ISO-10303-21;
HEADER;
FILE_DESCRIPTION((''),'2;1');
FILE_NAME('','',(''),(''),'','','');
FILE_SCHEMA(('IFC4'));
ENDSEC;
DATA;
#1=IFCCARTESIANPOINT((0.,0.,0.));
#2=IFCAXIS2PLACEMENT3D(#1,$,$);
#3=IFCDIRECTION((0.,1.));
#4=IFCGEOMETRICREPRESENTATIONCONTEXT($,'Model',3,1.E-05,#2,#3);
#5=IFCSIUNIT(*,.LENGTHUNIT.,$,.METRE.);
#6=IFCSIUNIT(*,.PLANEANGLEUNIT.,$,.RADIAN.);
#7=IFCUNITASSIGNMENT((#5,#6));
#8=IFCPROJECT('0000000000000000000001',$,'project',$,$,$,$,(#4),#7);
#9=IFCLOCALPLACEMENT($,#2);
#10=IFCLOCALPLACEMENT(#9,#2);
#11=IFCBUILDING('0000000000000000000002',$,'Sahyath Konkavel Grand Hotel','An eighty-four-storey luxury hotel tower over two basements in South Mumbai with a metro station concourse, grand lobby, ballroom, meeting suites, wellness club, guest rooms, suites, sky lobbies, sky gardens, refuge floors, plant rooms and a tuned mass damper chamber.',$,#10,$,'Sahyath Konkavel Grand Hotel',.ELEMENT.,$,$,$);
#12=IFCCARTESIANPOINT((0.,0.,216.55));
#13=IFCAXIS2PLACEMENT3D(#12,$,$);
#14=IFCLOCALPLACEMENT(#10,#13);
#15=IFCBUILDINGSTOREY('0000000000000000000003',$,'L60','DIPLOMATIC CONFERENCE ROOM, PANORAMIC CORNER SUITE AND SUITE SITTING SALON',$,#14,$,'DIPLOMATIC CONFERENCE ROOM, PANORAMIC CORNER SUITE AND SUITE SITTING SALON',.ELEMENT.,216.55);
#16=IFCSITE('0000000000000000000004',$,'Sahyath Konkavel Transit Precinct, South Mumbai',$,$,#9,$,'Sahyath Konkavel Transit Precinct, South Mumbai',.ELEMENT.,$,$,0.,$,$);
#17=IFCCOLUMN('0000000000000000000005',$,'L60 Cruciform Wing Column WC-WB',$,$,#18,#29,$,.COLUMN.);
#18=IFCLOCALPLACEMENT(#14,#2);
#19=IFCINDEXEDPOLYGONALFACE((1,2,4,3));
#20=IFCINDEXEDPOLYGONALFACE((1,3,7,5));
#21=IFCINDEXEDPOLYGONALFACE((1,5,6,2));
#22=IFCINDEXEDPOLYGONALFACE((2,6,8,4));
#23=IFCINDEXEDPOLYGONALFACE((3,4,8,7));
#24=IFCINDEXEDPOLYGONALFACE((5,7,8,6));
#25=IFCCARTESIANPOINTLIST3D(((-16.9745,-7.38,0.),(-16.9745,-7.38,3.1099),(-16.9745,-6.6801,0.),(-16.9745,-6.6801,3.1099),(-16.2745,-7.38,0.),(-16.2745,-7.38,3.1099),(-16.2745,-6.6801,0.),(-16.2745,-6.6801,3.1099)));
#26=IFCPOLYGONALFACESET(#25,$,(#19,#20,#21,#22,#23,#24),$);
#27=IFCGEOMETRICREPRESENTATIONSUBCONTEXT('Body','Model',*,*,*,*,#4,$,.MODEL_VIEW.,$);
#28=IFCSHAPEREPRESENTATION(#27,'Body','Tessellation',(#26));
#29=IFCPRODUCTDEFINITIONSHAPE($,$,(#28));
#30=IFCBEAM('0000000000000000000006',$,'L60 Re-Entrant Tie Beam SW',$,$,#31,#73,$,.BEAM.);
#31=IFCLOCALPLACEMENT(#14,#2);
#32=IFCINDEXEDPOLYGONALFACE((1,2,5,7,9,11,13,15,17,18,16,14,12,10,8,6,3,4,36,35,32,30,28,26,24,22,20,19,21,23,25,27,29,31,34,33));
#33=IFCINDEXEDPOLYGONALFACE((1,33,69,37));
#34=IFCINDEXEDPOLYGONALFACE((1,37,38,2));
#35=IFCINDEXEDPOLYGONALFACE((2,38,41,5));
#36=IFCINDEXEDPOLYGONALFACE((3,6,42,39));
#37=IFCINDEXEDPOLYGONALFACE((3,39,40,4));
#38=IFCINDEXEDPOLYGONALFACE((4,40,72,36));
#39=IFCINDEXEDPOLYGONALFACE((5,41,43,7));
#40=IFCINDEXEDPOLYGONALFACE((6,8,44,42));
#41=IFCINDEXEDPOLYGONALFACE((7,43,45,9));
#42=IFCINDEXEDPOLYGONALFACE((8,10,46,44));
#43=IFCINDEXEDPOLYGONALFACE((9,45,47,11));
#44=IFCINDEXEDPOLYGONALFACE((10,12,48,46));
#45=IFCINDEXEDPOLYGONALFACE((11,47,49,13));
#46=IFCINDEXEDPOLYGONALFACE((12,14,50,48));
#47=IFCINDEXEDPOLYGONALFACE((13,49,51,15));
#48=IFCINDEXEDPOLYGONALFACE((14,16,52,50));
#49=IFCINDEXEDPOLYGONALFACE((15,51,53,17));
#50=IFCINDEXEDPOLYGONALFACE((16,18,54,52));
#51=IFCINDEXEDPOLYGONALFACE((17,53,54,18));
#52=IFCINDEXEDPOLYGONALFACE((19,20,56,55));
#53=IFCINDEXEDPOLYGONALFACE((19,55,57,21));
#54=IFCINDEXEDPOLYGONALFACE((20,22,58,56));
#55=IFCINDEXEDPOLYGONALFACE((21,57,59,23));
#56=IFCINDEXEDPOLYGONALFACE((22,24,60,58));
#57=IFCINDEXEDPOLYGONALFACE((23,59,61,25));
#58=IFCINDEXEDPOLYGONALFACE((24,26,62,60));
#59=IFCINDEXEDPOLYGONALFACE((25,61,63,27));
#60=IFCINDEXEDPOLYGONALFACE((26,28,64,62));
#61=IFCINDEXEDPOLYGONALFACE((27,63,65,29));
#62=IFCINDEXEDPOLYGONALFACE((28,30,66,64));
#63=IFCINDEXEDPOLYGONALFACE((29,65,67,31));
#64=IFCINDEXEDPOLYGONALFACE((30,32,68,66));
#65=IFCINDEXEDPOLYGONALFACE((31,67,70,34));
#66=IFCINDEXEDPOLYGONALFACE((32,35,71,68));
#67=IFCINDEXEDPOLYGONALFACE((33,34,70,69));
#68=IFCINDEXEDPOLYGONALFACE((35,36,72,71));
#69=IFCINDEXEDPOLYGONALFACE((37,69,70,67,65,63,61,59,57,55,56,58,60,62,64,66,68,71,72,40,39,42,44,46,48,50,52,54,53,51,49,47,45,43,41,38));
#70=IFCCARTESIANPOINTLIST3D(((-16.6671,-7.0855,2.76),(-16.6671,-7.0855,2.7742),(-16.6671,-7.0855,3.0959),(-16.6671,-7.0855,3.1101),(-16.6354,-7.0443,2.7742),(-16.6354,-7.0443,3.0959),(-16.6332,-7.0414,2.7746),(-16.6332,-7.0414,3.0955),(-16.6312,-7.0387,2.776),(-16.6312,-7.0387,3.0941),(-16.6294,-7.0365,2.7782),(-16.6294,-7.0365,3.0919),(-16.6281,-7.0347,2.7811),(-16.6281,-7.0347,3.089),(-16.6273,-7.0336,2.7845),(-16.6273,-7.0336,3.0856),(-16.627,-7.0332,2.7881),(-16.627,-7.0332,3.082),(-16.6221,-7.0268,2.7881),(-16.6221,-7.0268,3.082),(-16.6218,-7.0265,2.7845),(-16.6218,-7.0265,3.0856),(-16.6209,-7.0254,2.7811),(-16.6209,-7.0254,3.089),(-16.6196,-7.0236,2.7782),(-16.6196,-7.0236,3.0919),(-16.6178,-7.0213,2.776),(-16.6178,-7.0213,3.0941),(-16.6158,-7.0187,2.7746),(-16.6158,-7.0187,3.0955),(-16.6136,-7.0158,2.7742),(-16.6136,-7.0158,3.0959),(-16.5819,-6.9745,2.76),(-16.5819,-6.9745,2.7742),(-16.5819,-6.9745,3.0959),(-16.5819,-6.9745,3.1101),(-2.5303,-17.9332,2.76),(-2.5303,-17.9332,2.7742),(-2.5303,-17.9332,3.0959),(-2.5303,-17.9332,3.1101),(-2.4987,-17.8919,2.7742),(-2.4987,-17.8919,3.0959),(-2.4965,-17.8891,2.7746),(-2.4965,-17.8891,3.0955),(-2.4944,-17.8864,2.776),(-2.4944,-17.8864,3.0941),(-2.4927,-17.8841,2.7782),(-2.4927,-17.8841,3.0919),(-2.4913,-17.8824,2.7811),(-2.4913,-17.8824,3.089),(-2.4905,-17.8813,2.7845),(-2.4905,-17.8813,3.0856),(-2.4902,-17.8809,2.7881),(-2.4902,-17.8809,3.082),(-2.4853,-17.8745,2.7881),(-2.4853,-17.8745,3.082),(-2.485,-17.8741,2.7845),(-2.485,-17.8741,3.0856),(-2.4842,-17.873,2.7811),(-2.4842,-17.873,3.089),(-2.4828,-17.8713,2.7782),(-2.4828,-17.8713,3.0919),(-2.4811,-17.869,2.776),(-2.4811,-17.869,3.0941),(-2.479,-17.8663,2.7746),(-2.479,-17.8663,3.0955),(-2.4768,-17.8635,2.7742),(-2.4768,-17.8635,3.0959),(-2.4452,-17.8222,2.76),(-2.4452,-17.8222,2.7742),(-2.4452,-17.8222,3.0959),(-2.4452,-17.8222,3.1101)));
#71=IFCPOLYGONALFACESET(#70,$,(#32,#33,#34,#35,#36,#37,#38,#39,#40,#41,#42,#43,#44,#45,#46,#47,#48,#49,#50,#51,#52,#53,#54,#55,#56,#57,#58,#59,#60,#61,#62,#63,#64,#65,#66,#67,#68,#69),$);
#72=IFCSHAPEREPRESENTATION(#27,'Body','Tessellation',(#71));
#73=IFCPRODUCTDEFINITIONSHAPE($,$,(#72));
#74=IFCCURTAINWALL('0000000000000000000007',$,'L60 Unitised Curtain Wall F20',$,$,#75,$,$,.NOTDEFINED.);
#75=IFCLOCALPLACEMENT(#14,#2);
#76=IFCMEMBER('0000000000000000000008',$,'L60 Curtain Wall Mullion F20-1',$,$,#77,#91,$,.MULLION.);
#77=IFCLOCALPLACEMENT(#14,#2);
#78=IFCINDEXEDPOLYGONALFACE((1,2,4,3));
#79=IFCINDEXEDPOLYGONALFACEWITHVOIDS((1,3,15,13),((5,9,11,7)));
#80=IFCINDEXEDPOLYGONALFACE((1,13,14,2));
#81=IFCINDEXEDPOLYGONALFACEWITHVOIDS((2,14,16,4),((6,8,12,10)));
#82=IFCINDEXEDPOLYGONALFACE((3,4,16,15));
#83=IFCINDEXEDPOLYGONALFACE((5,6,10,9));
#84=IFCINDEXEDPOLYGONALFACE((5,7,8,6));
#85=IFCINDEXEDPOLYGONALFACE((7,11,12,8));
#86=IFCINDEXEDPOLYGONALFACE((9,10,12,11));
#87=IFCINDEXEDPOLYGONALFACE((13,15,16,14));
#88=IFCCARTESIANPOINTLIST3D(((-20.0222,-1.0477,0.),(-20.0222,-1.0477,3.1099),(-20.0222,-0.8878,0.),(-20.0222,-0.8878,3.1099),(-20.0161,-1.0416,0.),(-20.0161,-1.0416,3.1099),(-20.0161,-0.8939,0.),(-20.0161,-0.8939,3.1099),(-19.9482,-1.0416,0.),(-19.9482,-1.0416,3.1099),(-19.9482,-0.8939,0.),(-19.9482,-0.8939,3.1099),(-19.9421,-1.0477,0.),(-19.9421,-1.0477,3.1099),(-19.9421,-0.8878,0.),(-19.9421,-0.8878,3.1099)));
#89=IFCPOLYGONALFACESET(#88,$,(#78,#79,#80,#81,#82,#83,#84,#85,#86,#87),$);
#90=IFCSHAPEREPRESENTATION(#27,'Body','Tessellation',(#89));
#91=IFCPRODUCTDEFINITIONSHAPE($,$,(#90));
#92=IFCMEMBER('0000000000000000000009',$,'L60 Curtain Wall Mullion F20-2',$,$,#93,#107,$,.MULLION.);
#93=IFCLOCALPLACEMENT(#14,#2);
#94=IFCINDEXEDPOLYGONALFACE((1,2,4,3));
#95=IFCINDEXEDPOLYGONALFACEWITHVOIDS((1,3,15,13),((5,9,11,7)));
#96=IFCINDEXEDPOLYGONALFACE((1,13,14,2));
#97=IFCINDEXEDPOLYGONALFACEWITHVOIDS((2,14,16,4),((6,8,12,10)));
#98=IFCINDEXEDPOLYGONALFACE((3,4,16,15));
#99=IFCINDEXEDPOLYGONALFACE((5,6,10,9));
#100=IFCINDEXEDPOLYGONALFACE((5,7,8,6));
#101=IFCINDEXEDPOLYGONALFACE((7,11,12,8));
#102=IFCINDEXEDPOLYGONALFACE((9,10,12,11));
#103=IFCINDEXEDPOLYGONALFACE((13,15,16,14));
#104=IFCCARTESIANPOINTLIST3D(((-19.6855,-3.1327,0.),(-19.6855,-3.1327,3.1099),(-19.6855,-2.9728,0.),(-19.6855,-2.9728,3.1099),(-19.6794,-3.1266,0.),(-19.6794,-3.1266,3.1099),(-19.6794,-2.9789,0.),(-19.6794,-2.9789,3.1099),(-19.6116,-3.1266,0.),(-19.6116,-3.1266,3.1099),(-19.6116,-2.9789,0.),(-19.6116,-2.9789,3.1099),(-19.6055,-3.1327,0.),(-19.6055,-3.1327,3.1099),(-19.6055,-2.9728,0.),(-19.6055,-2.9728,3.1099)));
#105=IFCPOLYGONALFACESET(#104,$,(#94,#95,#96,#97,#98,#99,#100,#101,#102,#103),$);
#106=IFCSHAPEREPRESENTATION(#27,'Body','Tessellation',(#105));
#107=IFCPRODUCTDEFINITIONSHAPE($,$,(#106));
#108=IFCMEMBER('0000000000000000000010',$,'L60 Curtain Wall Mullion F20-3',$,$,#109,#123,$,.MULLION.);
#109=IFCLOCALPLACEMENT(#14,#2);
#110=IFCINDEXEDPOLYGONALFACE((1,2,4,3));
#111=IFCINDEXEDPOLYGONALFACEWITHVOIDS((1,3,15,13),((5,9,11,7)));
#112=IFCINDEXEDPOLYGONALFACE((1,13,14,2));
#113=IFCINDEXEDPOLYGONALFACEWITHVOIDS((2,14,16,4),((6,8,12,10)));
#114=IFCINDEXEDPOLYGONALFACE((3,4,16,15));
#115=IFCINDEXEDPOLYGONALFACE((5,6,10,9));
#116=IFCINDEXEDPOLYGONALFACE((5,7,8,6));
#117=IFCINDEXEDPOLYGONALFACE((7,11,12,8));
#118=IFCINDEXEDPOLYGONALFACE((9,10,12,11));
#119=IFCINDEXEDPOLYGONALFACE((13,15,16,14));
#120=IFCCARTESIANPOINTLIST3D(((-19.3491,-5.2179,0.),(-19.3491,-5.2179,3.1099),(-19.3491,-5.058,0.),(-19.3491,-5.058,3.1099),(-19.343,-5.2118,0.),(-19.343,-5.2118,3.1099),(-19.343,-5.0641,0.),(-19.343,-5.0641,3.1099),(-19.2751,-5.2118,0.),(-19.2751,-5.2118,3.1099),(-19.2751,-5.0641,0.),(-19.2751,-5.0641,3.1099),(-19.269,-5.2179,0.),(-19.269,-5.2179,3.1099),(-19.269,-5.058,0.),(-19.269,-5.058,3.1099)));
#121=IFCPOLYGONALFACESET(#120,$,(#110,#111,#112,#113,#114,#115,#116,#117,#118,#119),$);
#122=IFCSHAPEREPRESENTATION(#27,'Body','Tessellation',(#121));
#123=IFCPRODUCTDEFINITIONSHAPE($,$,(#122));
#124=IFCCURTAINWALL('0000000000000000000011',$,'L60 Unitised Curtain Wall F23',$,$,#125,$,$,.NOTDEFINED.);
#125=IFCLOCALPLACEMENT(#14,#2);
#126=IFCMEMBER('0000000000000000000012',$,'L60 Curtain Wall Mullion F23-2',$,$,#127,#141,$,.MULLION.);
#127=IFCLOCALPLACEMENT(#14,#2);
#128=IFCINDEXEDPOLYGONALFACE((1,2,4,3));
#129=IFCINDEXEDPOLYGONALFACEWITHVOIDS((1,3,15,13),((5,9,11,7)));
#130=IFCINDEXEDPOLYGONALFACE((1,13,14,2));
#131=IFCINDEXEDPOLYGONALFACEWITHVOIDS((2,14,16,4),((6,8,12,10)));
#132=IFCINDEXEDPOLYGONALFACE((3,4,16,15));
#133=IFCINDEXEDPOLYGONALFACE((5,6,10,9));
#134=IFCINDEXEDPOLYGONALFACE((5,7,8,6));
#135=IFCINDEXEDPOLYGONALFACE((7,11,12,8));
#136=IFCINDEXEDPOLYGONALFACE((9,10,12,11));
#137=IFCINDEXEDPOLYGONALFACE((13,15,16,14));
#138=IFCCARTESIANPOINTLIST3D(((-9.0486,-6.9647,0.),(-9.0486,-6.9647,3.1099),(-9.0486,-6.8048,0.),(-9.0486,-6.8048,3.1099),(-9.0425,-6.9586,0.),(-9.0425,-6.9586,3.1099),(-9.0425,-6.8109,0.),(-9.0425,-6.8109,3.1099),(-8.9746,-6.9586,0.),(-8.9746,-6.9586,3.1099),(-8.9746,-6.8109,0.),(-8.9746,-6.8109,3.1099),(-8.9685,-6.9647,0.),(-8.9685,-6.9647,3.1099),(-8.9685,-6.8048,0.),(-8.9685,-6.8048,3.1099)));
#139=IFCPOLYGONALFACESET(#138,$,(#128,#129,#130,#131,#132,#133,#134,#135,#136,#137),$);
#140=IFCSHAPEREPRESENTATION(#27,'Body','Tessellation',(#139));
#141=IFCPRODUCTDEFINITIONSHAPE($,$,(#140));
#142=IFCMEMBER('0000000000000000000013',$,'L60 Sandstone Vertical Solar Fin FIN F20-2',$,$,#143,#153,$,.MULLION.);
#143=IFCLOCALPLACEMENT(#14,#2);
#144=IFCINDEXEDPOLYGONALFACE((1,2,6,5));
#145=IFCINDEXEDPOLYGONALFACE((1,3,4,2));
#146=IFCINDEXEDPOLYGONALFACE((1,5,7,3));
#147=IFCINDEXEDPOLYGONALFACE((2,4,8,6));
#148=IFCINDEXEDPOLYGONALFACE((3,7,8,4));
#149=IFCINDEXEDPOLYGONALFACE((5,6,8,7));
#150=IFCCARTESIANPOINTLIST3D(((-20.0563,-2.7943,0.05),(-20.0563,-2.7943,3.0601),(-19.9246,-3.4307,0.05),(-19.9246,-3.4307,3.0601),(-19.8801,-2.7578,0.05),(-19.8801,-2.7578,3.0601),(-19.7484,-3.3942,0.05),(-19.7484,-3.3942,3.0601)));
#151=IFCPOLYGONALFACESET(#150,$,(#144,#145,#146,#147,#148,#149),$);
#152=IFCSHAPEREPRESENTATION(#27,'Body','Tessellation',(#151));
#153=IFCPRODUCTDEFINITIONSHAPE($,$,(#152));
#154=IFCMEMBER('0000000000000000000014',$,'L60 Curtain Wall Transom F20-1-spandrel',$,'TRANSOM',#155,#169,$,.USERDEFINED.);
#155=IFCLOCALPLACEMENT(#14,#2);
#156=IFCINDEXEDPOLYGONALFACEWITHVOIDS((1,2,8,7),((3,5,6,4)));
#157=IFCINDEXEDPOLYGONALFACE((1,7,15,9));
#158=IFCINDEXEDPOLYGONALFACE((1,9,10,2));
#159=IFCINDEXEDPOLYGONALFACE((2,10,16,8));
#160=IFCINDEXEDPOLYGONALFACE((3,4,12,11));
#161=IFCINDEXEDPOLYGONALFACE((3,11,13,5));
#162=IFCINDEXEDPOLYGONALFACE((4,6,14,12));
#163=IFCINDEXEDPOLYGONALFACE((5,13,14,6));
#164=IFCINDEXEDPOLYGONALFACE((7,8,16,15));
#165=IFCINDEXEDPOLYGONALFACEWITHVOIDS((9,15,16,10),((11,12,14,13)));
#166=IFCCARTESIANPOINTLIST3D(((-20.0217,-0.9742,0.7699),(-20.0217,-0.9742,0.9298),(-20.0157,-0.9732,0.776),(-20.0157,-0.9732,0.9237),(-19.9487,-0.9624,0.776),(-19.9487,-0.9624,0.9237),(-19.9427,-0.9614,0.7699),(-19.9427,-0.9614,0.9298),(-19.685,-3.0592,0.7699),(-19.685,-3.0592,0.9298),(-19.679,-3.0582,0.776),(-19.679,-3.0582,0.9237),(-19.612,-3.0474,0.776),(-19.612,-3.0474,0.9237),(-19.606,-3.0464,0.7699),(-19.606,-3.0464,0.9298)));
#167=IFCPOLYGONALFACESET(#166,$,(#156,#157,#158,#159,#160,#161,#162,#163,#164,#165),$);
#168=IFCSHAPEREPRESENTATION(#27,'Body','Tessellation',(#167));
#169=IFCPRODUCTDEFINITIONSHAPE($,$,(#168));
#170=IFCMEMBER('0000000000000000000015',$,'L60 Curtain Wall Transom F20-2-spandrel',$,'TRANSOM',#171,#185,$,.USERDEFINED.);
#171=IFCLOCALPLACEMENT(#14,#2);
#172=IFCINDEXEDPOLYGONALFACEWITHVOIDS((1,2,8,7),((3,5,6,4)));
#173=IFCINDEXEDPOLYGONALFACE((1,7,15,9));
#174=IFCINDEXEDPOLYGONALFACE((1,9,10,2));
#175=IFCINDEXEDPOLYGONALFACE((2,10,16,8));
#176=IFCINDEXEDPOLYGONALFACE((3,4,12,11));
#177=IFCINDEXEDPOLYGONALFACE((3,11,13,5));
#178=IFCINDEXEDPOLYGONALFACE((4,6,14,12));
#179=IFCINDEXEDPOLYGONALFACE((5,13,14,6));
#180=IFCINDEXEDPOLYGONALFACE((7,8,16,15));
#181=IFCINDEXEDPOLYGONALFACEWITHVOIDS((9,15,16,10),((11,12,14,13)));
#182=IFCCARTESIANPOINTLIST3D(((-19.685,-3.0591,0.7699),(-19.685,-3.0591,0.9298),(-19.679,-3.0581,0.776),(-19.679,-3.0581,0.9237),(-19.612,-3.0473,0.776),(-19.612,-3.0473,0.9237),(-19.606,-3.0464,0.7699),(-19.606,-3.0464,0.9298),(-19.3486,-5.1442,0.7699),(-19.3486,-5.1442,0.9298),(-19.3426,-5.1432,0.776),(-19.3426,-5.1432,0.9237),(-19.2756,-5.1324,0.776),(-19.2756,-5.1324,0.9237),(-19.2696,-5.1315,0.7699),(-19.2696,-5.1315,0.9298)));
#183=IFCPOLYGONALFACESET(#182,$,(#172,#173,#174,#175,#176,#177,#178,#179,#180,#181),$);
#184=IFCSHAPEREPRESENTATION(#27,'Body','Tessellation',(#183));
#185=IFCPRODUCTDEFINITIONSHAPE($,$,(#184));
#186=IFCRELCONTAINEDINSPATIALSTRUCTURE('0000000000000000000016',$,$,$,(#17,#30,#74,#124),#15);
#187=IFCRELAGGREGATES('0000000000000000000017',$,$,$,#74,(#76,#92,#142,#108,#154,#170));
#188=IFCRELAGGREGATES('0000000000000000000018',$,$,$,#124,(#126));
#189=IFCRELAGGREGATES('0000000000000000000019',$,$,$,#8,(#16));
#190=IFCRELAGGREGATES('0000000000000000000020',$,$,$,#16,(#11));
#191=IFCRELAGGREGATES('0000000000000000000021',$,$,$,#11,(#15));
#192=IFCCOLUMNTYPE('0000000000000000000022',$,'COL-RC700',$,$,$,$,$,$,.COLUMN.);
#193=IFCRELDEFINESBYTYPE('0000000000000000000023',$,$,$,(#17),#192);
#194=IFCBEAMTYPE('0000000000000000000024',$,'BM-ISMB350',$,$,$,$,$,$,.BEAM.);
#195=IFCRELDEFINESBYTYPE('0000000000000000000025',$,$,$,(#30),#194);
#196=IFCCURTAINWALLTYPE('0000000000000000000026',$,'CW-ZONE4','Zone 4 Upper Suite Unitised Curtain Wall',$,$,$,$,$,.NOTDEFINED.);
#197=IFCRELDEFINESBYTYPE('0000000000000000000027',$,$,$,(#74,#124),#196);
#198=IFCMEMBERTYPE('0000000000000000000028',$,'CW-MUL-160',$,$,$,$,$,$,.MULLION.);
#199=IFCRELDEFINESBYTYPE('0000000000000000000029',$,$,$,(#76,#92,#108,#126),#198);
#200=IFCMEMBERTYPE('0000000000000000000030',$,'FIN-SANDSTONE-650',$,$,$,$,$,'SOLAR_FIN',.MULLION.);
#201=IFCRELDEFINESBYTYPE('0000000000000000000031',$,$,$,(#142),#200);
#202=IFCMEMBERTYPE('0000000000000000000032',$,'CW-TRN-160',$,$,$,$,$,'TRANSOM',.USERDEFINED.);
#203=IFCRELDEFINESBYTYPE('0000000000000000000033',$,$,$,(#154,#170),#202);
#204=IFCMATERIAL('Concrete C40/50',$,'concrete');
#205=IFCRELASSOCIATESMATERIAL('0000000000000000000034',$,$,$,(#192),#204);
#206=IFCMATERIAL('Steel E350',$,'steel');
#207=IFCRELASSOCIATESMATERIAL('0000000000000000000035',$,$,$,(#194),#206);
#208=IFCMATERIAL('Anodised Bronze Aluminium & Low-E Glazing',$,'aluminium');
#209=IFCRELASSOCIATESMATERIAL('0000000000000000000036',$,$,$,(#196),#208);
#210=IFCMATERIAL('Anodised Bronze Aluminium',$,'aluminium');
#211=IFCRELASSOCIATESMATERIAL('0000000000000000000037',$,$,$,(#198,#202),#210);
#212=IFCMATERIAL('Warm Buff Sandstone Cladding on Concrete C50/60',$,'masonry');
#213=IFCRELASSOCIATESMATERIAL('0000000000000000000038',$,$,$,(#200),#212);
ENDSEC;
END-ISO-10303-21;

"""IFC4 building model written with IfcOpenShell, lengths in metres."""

from ifc_helpers import new_model, si_unit, direction, frame, origin, origin_2d, place, context, subcontext, project, spatial, rectangle, hollow_rectangle, i_section, extrude, source, transform, mapped, material, material_profile, profile_set, type_object, element, aggregate, save


model = new_model("IFC4")

# Units and contexts
model_context = context("Model", 3, precision=1e-05, world=origin(), true_north=direction((0.0, 1.0)))
body_context = subcontext(model_context, "Body", "Model", "MODEL_VIEW")
ifc_project = project(units=[si_unit("LENGTHUNIT", "METRE"), si_unit("PLANEANGLEUNIT", "RADIAN")], contexts=[model_context])

# Site, building, storey
site_placement = place(None, origin())
site = spatial("IfcSite", under=ifc_project, at=site_placement, Name="Sahyath Konkavel Transit Precinct, South Mumbai", LongName="Sahyath Konkavel Transit Precinct, South Mumbai", CompositionType="ELEMENT", RefElevation=0.0)
building_placement = place(site_placement, origin())
building = spatial("IfcBuilding", under=site, at=building_placement, Name="Sahyath Konkavel Grand Hotel", Description="An eighty-four-storey luxury hotel tower over two basements in South Mumbai with a metro station concourse, grand lobby, ballroom, meeting suites, wellness club, guest rooms, suites, sky lobbies, sky gardens, refuge floors, plant rooms and a tuned mass damper chamber.", LongName="Sahyath Konkavel Grand Hotel", CompositionType="ELEMENT")
storey_placement = place(building_placement, frame((0.0, 0.0, 216.55)))
storey = spatial("IfcBuildingStorey", under=building, at=storey_placement, Name="L60", Description="DIPLOMATIC CONFERENCE ROOM, PANORAMIC CORNER SUITE AND SUITE SITTING SALON", LongName="DIPLOMATIC CONFERENCE ROOM, PANORAMIC CORNER SUITE AND SUITE SITTING SALON", CompositionType="ELEMENT", Elevation=216.55)

# Column
ifc_material_1 = material(Name="Concrete C40/50", Category="concrete")
ifc_material_profile_1 = material_profile(ifc_material_1, rectangle(XDim=0.7, YDim=0.7, at=origin_2d()), Name="RC 700x700")
ifc_profile_set_1 = profile_set([ifc_material_profile_1], Name="Concrete C40/50")
column_type = type_object("IfcColumnType", Name="COL-RC700", PredefinedType="COLUMN", material=ifc_profile_set_1)
shared_shape_1 = source(origin(), body_context, "Body", "SweptSolid", [
    extrude(rectangle(XDim=0.7, YDim=0.7, at=origin_2d()), origin(), (0.0, 0.0, 1.0), 3.1099),
])
column_placement = place(storey_placement, frame((-16.6245, -7.03, 0.0), z_axis=(0.0, 0.0, 1.0), x_axis=(1.0, 0.0, 0.0)))
element("IfcColumn", 1, at=column_placement, inside=storey, type_object=column_type, Name="L60 Cruciform Wing Column WC-WB", PredefinedType="COLUMN", context=body_context, shape_type="MappedRepresentation", body=[
    mapped(shared_shape_1, transform((0.0, 0.0, 0.0), scale=1.0)),
])

# Beam
ifc_material_2 = material(Name="Steel E350", Category="steel")
ifc_material_profile_2 = material_profile(ifc_material_2, i_section(OverallWidth=0.1399, OverallDepth=0.3501, WebThickness=0.0081, FlangeThickness=0.0142, FilletRadius=0.0139, at=origin_2d()), Name="ISMB 350")
ifc_profile_set_2 = profile_set([ifc_material_profile_2], Name="Steel E350")
beam_type_1 = type_object("IfcBeamType", Name="BM-ISMB350", PredefinedType="BEAM", material=ifc_profile_set_2)
shared_shape_2 = source(origin(), body_context, "Body", "SweptSolid", [
    extrude(i_section(OverallWidth=0.1399, OverallDepth=0.3501, WebThickness=0.0081, FlangeThickness=0.0142, FilletRadius=0.0139, at=origin_2d()), origin(), (0.0, 0.0, 1.0), 17.8191),
])
beam_1_placement = place(storey_placement, frame((-16.6245, -7.03, 2.9351), z_axis=(0.793349, -0.608767, 0.0), x_axis=(0.608767, 0.793349, 0.0)))
element("IfcBeam", 2, at=beam_1_placement, inside=storey, type_object=beam_type_1, Name="L60 Re-Entrant Tie Beam SW", PredefinedType="BEAM", context=body_context, shape_type="MappedRepresentation", body=[
    mapped(shared_shape_2, transform((0.0, 0.0, 0.0), scale=1.0)),
])

# Curtain wall, members
ifc_material_3 = material(Name="Anodised Bronze Aluminium & Low-E Glazing", Category="aluminium")
curtain_wall_type = type_object("IfcCurtainWallType", Name="CW-ZONE4", Description="Zone 4 Upper Suite Unitised Curtain Wall", PredefinedType="NOTDEFINED", material=ifc_material_3)
curtain_wall_1_placement = place(storey_placement, origin())
curtain_wall_1 = element("IfcCurtainWall", 3, at=curtain_wall_1_placement, inside=storey, type_object=curtain_wall_type, Name="L60 Unitised Curtain Wall F20", PredefinedType="NOTDEFINED")
ifc_material_4 = material(Name="Anodised Bronze Aluminium", Category="aluminium")
ifc_material_profile_3 = material_profile(ifc_material_4, hollow_rectangle(XDim=0.0801, YDim=0.1599, WallThickness=0.0061, at=origin_2d()), Name="RHS 160x80x6")
ifc_profile_set_3 = profile_set([ifc_material_profile_3], Name="Anodised Bronze Aluminium")
member_type_1 = type_object("IfcMemberType", Name="CW-MUL-160", PredefinedType="MULLION", material=ifc_profile_set_3)
shared_shape_3 = source(origin(), body_context, "Body", "SweptSolid", [
    extrude(hollow_rectangle(XDim=0.0801, YDim=0.1599, WallThickness=0.0061, at=origin_2d()), origin(), (0.0, 0.0, 1.0), 3.1099),
])
member_1_placement = place(storey_placement, frame((-19.9822, -0.9678, 0.0), z_axis=(0.0, 0.0, 1.0), x_axis=(1.0, 0.0, 0.0)))
member_1 = element("IfcMember", 4, at=member_1_placement, type_object=member_type_1, Name="L60 Curtain Wall Mullion F20-1", PredefinedType="MULLION", context=body_context, shape_type="MappedRepresentation", body=[
    mapped(shared_shape_3, transform((0.0, 0.0, 0.0), scale=1.0)),
])
member_2_placement = place(storey_placement, frame((-19.6455, -3.0527, 0.0), z_axis=(0.0, 0.0, 1.0), x_axis=(1.0, 0.0, 0.0)))
member_2 = element("IfcMember", 5, at=member_2_placement, type_object=member_type_1, Name="L60 Curtain Wall Mullion F20-2", PredefinedType="MULLION", context=body_context, shape_type="MappedRepresentation", body=[
    mapped(shared_shape_3, transform((0.0, 0.0, 0.0), scale=1.0)),
])
member_3_placement = place(storey_placement, frame((-19.3091, -5.1379, 0.0), z_axis=(0.0, 0.0, 1.0), x_axis=(1.0, 0.0, 0.0)))
member_3 = element("IfcMember", 6, at=member_3_placement, type_object=member_type_1, Name="L60 Curtain Wall Mullion F20-3", PredefinedType="MULLION", context=body_context, shape_type="MappedRepresentation", body=[
    mapped(shared_shape_3, transform((0.0, 0.0, 0.0), scale=1.0)),
])

# Curtain wall, member
curtain_wall_2_placement = place(storey_placement, origin())
curtain_wall_2 = element("IfcCurtainWall", 7, at=curtain_wall_2_placement, inside=storey, type_object=curtain_wall_type, Name="L60 Unitised Curtain Wall F23", PredefinedType="NOTDEFINED")
member_4_placement = place(storey_placement, frame((-9.0085, -6.8848, 0.0), z_axis=(0.0, 0.0, 1.0), x_axis=(1.0, 0.0, 0.0)))
member_4 = element("IfcMember", 8, at=member_4_placement, type_object=member_type_1, Name="L60 Curtain Wall Mullion F23-2", PredefinedType="MULLION", context=body_context, shape_type="MappedRepresentation", body=[
    mapped(shared_shape_3, transform((0.0, 0.0, 0.0), scale=1.0)),
])

# Members
ifc_material_5 = material(Name="Warm Buff Sandstone Cladding on Concrete C50/60", Category="masonry")
ifc_material_profile_4 = material_profile(ifc_material_5, rectangle(XDim=0.1799, YDim=0.6499, at=origin_2d()), Name="FIN 180x650")
ifc_profile_set_4 = profile_set([ifc_material_profile_4], Name="Warm Buff Sandstone Cladding on Concrete C50/60")
member_type_2 = type_object("IfcMemberType", Name="FIN-SANDSTONE-650", ElementType="SOLAR_FIN", PredefinedType="MULLION", material=ifc_profile_set_4)
shared_shape_4 = source(origin(), body_context, "Body", "SweptSolid", [
    extrude(rectangle(XDim=0.1799, YDim=0.6499, at=origin_2d()), origin(), (0.0, 0.0, 1.0), 3.01),
])
member_5_placement = place(storey_placement, frame((-19.9023, -3.0942, 0.05), z_axis=(0.0, 0.0, 1.0), x_axis=(0.979258, 0.202616, 0.0)))
member_5 = element("IfcMember", 9, at=member_5_placement, type_object=member_type_2, Name="L60 Sandstone Vertical Solar Fin FIN F20-2", PredefinedType="MULLION", context=body_context, shape_type="MappedRepresentation", body=[
    mapped(shared_shape_4, transform((0.0, 0.0, 0.0), scale=1.0)),
])
ifc_material_profile_5 = material_profile(ifc_material_4, hollow_rectangle(XDim=0.0801, YDim=0.1599, WallThickness=0.0061, at=origin_2d()), Name="RHS 160x80x6")
ifc_profile_set_5 = profile_set([ifc_material_profile_5], Name="Anodised Bronze Aluminium")
member_type_3 = type_object("IfcMemberType", Name="CW-TRN-160", ElementType="TRANSOM", PredefinedType="USERDEFINED", material=ifc_profile_set_5)
shared_shape_5 = source(origin(), body_context, "Body", "SweptSolid", [
    extrude(hollow_rectangle(XDim=0.0801, YDim=0.1599, WallThickness=0.0061, at=origin_2d()), origin(), (0.0, 0.0, 1.0), 2.1121),
])
member_6_placement = place(storey_placement, frame((-19.9822, -0.9678, 0.8499), z_axis=(0.159411, -0.987212, 0.0), x_axis=(0.987212, 0.159411, 0.0)))
member_6 = element("IfcMember", 10, at=member_6_placement, type_object=member_type_3, Name="L60 Curtain Wall Transom F20-1-spandrel", ObjectType="TRANSOM", PredefinedType="USERDEFINED", context=body_context, shape_type="MappedRepresentation", body=[
    mapped(shared_shape_5, transform((0.0, 0.0, 0.0), scale=1.0)),
])
member_7_placement = place(storey_placement, frame((-19.6455, -3.0527, 0.8499), z_axis=(0.15928, -0.987233, 0.0), x_axis=(0.987233, 0.15928, 0.0)))
member_7 = element("IfcMember", 11, at=member_7_placement, type_object=member_type_3, Name="L60 Curtain Wall Transom F20-2-spandrel", ObjectType="TRANSOM", PredefinedType="USERDEFINED", context=body_context, shape_type="MappedRepresentation", body=[
    mapped(shared_shape_5, transform((0.0, 0.0, 0.0), scale=1.0)),
])

aggregate(curtain_wall_1, [member_1, member_2, member_5, member_3, member_6, member_7])
aggregate(curtain_wall_2, [member_4])

save(model, "model.ifc")
